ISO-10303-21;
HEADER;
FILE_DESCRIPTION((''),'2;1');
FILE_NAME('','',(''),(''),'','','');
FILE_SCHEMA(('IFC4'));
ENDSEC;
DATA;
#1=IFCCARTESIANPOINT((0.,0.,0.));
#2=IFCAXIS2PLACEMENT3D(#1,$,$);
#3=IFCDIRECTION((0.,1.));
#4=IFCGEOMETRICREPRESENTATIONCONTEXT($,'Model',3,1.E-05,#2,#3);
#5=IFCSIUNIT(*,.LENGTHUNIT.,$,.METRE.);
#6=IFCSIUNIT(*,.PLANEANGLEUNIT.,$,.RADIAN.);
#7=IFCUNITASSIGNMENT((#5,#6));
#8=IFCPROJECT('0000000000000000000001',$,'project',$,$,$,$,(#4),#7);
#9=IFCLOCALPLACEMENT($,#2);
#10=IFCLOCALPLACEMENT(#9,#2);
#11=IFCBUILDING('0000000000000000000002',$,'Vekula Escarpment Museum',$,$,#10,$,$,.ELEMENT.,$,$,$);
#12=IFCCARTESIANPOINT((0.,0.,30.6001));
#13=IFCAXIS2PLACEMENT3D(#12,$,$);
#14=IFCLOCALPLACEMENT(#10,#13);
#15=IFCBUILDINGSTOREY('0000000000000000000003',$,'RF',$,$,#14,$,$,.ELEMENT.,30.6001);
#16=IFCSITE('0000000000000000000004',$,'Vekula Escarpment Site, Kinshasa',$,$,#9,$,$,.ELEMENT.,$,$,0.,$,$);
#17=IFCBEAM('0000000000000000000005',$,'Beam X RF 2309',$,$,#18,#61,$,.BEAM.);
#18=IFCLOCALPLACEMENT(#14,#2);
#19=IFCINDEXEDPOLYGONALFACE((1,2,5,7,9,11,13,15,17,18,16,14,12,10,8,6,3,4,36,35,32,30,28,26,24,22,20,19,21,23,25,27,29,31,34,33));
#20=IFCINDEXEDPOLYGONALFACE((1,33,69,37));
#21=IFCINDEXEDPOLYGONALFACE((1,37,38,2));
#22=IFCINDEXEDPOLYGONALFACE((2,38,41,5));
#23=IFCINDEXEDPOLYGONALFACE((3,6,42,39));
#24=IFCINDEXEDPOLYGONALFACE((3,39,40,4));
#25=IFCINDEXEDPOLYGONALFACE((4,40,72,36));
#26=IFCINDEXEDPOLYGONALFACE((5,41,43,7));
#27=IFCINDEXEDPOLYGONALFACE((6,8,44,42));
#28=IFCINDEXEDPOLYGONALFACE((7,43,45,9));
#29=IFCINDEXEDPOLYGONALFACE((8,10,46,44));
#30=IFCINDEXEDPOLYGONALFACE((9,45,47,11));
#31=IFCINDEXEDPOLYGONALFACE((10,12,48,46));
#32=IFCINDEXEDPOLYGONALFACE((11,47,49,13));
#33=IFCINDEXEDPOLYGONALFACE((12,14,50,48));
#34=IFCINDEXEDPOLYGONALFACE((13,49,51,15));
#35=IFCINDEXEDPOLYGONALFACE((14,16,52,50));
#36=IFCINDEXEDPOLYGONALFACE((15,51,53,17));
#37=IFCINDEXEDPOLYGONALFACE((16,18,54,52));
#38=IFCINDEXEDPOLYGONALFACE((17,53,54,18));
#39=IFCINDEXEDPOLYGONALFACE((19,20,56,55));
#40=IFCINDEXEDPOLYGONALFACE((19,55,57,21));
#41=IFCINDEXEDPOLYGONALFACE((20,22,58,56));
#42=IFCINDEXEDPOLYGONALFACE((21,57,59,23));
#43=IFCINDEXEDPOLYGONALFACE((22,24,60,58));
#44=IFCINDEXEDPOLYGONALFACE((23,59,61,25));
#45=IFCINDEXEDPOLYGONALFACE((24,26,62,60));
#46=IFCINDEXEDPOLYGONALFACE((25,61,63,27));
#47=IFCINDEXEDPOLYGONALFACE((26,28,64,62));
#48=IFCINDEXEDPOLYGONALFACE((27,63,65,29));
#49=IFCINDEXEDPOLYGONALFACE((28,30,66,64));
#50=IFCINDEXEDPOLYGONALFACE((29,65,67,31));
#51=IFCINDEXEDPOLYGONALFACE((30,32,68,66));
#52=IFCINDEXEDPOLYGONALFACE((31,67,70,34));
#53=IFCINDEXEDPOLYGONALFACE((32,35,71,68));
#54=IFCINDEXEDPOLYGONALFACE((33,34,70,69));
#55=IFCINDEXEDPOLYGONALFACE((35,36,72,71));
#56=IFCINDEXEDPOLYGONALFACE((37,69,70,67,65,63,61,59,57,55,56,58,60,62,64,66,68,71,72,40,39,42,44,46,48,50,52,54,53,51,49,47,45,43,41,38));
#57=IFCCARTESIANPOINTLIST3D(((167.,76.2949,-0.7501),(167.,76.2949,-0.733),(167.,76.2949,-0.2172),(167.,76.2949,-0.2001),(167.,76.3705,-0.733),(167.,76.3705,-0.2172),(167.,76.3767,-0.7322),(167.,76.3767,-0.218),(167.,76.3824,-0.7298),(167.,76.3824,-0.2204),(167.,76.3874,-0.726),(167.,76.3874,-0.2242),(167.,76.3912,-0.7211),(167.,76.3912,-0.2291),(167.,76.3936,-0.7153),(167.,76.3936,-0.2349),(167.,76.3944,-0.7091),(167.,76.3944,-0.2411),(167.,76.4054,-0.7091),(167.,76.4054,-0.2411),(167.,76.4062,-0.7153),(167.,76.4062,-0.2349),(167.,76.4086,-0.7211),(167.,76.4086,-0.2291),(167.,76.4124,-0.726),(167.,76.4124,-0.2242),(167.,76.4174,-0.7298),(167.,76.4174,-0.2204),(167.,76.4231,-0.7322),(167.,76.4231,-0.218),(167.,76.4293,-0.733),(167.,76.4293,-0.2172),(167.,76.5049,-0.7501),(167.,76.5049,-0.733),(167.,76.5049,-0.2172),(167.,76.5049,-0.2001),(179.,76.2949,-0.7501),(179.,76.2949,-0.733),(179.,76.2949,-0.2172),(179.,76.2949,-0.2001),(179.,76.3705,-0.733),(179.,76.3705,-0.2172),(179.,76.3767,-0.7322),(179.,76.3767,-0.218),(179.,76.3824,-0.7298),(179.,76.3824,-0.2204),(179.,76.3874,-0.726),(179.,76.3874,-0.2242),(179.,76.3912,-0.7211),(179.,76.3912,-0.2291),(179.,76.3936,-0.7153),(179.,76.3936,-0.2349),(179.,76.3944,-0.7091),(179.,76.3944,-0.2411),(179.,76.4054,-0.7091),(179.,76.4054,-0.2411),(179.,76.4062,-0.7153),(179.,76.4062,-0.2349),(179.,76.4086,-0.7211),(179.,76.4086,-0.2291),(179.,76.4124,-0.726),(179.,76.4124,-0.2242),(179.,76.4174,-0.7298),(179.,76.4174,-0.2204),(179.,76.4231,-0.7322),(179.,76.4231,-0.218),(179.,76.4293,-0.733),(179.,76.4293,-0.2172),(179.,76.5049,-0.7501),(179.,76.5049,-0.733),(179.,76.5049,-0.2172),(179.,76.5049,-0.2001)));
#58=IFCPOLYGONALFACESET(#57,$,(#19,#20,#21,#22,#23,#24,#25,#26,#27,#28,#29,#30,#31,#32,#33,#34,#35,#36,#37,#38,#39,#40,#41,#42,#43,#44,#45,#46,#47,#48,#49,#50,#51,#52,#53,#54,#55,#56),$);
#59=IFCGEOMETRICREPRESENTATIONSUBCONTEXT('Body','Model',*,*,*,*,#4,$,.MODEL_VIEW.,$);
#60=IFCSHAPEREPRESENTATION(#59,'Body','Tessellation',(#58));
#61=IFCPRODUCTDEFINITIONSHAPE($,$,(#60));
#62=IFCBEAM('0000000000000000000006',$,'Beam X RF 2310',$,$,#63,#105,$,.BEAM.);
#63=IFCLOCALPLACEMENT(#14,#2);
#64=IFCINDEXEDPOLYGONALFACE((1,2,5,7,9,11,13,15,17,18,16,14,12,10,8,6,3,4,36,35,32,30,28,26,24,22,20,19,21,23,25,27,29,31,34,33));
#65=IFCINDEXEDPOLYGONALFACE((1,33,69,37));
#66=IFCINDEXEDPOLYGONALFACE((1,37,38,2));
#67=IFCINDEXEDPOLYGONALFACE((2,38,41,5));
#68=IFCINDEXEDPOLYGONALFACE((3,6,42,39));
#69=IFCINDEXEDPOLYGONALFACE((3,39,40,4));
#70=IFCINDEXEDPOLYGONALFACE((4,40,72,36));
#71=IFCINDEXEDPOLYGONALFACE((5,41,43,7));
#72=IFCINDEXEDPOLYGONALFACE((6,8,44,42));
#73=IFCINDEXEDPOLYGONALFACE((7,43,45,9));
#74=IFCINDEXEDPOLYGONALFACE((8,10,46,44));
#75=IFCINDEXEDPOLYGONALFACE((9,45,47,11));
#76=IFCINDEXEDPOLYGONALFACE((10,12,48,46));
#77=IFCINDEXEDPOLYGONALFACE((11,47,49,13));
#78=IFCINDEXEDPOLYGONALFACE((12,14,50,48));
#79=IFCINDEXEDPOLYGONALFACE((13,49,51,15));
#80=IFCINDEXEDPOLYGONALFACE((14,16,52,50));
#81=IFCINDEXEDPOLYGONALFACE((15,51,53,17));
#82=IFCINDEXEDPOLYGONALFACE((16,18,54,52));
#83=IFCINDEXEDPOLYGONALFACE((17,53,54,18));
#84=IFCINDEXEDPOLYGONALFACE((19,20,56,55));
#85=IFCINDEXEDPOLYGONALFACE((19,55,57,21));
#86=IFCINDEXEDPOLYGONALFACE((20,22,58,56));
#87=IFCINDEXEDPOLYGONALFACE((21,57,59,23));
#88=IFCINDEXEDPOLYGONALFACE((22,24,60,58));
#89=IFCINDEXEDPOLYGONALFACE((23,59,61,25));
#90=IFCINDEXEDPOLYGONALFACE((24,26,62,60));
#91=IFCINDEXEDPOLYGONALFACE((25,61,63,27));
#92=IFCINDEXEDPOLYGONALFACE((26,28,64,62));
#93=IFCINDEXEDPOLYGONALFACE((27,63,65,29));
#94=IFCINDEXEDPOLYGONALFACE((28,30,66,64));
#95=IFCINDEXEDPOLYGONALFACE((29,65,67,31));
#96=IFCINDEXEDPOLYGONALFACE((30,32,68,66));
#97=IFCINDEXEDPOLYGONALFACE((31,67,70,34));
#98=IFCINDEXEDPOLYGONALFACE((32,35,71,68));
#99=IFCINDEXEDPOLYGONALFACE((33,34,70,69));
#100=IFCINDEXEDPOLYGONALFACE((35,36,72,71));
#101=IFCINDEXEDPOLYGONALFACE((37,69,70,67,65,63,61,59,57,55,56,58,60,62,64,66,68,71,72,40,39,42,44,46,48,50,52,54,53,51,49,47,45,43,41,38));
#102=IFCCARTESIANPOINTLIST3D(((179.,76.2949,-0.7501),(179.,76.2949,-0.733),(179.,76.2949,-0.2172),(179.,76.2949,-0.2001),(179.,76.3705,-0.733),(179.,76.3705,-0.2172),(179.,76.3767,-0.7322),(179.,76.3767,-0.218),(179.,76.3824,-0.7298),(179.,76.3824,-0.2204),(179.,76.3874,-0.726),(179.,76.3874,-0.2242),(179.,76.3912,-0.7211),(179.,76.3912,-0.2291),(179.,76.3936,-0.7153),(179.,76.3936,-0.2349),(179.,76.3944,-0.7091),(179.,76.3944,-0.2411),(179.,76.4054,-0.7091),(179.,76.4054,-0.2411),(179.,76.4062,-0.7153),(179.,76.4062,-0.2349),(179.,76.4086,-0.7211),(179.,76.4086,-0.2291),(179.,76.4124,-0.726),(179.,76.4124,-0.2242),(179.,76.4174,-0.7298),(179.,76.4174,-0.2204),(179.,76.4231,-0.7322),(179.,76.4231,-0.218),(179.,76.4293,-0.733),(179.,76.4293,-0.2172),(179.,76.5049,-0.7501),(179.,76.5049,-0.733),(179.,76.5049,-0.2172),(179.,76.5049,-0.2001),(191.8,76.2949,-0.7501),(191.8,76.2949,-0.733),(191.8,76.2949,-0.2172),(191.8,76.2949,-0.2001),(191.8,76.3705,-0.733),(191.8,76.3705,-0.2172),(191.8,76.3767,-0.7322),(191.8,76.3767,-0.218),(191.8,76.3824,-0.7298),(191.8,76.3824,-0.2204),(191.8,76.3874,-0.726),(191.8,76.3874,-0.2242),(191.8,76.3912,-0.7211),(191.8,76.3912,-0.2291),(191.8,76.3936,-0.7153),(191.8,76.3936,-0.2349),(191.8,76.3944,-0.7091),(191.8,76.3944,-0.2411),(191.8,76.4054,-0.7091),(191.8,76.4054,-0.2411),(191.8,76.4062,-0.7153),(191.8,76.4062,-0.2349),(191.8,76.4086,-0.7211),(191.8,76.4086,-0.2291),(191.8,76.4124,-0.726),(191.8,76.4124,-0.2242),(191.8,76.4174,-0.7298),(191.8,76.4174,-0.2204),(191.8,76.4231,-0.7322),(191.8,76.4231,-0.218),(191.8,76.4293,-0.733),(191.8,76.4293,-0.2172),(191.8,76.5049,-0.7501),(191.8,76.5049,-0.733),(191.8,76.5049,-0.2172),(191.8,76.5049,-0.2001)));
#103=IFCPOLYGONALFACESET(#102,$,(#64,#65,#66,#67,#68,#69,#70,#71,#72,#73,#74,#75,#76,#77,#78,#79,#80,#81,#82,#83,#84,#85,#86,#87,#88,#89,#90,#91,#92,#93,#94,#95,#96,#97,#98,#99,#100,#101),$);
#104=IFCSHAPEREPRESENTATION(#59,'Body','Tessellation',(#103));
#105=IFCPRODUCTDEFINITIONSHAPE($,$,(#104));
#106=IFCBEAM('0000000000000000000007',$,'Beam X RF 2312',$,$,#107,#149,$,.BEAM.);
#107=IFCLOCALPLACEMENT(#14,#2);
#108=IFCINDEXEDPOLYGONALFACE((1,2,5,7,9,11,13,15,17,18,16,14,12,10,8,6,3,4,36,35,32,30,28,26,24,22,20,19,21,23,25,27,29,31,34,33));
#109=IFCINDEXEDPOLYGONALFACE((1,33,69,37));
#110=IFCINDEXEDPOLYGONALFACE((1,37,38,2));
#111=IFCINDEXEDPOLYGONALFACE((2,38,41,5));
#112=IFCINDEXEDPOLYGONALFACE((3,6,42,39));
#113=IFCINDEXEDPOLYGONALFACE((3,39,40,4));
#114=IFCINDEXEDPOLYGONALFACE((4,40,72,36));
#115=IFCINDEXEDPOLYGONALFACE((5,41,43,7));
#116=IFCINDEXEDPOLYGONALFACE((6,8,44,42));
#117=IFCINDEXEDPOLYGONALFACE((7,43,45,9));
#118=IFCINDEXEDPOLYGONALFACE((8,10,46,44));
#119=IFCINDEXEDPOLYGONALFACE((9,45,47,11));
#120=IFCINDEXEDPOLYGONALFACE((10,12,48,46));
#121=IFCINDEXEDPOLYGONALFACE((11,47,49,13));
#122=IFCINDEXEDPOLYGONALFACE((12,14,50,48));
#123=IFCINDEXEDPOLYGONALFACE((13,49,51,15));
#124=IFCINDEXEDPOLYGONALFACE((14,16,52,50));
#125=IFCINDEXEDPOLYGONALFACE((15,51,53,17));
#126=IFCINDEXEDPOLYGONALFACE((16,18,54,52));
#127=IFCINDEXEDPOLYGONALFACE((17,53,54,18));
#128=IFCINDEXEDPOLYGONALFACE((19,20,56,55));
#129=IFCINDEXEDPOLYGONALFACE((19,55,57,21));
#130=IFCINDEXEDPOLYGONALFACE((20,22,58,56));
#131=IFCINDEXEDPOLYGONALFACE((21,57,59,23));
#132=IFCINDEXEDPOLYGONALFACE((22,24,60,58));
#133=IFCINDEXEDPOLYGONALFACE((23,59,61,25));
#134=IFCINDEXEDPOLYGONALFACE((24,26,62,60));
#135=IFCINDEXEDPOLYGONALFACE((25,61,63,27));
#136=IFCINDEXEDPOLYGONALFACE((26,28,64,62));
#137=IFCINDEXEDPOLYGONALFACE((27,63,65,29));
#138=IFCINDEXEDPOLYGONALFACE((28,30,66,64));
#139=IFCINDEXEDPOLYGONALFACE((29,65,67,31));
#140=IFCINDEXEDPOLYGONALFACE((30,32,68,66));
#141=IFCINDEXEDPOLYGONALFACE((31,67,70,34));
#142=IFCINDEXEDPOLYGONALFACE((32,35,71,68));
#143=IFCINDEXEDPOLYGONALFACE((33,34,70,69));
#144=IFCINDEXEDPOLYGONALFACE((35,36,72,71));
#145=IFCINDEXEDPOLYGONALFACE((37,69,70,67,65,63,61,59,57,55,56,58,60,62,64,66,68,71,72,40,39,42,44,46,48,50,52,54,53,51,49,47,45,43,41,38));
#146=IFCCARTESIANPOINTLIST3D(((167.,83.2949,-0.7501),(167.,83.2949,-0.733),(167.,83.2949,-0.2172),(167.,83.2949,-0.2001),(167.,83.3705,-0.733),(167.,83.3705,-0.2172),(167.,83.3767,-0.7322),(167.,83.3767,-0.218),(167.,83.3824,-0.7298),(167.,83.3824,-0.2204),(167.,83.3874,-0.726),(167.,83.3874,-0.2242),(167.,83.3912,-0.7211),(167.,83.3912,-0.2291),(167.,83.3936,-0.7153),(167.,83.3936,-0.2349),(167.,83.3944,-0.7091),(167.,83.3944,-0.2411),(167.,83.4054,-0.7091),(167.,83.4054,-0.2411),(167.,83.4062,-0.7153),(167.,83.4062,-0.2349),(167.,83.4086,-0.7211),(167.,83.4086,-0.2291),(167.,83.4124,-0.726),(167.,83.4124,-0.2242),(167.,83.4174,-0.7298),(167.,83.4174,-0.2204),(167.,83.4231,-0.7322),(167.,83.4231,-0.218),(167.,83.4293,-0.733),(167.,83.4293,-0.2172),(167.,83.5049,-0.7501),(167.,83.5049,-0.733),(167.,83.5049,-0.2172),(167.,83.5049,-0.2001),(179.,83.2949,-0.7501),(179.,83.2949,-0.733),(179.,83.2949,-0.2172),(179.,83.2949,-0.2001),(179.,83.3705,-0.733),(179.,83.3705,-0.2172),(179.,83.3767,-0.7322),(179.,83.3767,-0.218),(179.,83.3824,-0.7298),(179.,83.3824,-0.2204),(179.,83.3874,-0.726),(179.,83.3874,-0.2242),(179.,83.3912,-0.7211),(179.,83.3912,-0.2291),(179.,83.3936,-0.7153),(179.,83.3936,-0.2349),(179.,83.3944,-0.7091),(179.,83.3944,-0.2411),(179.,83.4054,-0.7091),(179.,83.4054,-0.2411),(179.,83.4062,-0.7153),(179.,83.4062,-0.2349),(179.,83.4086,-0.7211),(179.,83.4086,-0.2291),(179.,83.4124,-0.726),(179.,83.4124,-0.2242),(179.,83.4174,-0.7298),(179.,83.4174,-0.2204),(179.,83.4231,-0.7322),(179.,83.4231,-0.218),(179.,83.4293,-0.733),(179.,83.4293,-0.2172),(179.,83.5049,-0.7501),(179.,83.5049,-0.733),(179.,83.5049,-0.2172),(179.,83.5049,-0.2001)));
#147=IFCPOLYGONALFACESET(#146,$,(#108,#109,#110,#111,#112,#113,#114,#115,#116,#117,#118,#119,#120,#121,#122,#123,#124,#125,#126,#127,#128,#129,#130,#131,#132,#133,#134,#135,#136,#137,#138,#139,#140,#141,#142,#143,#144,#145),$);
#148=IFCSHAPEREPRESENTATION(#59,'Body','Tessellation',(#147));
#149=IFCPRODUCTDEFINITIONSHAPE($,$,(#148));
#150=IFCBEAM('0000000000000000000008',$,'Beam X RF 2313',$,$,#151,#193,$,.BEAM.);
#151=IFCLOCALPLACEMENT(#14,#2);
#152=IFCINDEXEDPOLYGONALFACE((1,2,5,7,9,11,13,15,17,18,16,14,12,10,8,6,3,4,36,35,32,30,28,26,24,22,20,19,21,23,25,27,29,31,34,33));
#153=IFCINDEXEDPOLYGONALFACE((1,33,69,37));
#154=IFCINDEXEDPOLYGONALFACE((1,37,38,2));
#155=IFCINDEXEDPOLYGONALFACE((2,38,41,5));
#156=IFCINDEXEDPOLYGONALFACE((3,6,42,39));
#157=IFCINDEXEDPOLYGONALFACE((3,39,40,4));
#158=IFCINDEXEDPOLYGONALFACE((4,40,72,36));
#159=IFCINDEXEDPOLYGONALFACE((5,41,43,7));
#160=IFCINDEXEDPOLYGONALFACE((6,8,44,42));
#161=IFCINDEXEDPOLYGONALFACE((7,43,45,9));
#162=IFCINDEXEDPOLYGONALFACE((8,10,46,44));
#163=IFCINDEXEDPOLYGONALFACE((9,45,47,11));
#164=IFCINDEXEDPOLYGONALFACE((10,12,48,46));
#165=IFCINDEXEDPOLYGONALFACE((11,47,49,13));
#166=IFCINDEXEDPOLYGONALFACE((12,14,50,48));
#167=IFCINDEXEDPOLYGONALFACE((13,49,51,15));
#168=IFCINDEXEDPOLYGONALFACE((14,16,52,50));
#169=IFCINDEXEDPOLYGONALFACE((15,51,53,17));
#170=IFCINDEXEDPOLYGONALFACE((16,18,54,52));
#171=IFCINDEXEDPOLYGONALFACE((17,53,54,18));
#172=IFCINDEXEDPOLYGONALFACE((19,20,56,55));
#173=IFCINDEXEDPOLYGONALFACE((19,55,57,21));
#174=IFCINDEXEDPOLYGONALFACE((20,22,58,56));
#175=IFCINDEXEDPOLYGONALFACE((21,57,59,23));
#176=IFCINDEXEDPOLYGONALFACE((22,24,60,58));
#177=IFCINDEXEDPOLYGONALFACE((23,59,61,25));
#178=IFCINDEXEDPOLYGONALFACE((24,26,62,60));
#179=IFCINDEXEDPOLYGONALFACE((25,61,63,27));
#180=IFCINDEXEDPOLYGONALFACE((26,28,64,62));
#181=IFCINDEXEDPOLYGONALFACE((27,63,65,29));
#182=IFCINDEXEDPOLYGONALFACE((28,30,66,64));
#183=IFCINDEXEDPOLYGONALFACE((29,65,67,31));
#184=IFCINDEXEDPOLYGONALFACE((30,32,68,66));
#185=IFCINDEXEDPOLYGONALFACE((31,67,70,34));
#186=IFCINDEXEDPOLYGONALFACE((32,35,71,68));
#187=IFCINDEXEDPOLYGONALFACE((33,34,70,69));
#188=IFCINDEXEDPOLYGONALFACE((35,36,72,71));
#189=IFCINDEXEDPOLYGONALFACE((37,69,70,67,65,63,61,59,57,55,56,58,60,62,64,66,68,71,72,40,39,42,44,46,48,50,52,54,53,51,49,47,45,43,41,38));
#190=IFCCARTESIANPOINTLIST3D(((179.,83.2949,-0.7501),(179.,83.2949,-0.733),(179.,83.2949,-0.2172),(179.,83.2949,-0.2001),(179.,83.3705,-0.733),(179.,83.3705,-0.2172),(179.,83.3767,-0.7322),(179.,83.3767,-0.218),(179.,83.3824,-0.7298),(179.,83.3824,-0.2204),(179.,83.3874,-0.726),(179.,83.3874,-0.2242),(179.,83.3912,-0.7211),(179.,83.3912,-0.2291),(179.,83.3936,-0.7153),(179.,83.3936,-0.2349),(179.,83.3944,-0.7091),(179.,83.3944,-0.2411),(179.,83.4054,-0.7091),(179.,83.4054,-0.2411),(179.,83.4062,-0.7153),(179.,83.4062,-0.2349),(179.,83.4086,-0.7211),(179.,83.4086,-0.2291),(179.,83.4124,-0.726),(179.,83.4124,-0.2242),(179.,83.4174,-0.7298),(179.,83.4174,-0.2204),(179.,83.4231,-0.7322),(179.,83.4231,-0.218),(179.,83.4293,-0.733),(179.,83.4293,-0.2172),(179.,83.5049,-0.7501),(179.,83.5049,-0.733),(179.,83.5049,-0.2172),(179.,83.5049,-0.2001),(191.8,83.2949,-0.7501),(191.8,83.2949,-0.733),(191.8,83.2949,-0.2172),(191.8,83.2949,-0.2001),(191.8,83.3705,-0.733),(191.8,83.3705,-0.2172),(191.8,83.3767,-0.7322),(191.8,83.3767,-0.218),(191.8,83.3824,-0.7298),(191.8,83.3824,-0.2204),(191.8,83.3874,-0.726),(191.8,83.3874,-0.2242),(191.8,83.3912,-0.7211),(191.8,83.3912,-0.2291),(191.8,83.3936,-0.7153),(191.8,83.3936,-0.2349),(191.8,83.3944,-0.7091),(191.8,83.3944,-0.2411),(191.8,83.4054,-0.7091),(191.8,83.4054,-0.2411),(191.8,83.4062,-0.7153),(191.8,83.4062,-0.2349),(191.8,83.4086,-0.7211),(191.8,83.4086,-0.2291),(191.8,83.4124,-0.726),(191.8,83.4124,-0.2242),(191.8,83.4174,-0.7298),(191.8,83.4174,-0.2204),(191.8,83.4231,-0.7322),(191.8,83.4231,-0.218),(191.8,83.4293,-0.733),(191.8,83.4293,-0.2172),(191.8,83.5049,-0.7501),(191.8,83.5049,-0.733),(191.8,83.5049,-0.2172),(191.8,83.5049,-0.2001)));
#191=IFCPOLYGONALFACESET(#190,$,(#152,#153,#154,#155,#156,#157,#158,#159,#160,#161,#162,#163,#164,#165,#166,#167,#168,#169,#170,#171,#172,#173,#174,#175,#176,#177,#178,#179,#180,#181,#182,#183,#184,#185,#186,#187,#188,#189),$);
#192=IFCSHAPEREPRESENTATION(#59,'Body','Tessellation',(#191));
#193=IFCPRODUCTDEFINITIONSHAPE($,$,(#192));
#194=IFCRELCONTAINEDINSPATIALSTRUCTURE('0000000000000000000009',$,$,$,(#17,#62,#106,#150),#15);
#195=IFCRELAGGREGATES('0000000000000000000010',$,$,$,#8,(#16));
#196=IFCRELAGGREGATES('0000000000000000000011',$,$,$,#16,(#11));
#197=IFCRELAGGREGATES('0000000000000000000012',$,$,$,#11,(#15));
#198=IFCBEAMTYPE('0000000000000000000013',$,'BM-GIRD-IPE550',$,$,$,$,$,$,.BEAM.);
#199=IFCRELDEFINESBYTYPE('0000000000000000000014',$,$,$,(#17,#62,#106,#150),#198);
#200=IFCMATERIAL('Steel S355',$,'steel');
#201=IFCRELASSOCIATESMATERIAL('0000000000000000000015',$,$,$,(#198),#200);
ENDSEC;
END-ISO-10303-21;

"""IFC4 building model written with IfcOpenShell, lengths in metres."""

from ifc_helpers import new_model, si_unit, direction, frame, origin, origin_2d, place, context, subcontext, project, spatial, i_section, extrude, material, material_profile, profile_set, type_object, element, save


model = new_model("IFC4")

# Units and contexts
model_context = context("Model", 3, precision=1e-05, world=origin(), true_north=direction((0.0, 1.0)))
body_context = subcontext(model_context, "Body", "Model", "MODEL_VIEW")
ifc_project = project(units=[si_unit("LENGTHUNIT", "METRE"), si_unit("PLANEANGLEUNIT", "RADIAN")], contexts=[model_context])

# Site, building, storey
site_placement = place(None, origin())
site = spatial("IfcSite", under=ifc_project, at=site_placement, Name="Vekula Escarpment Site, Kinshasa", CompositionType="ELEMENT", RefElevation=0.0)
building_placement = place(site_placement, origin())
building = spatial("IfcBuilding", under=site, at=building_placement, Name="Vekula Escarpment Museum", CompositionType="ELEMENT")
storey_placement = place(building_placement, frame((0.0, 0.0, 30.6001)))
storey = spatial("IfcBuildingStorey", under=building, at=storey_placement, Name="RF", CompositionType="ELEMENT", Elevation=30.6001)

# Beams
ifc_material_1 = material(Name="Steel S355", Category="steel")
ifc_material_profile_1 = material_profile(ifc_material_1, i_section(OverallWidth=0.21, OverallDepth=0.55, WebThickness=0.011, FlangeThickness=0.0171, FilletRadius=0.0239, at=origin_2d()), Name="IPE 550")
ifc_profile_set_1 = profile_set([ifc_material_profile_1], Name="Steel S355")
beam_type_1 = type_object("IfcBeamType", Name="BM-GIRD-IPE550", PredefinedType="BEAM", material=ifc_profile_set_1)
beam_1_placement = place(storey_placement, frame((167.0, 76.3999, -0.4751), z_axis=(1.0, 0.0, 0.0), x_axis=(0.0, 1.0, 0.0)))
element("IfcBeam", 1, at=beam_1_placement, inside=storey, type_object=beam_type_1, Name="Beam X RF 2309", PredefinedType="BEAM", context=body_context, shape_type="SweptSolid", body=[
    extrude(i_section(OverallWidth=0.21, OverallDepth=0.55, WebThickness=0.011, FlangeThickness=0.0171, FilletRadius=0.0239, at=origin_2d()), origin(), (0.0, 0.0, 1.0), 12.0),
])
beam_2_placement = place(storey_placement, frame((179.0, 76.3999, -0.4751), z_axis=(1.0, 0.0, 0.0), x_axis=(0.0, 1.0, 0.0)))
element("IfcBeam", 2, at=beam_2_placement, inside=storey, type_object=beam_type_1, Name="Beam X RF 2310", PredefinedType="BEAM", context=body_context, shape_type="SweptSolid", body=[
    extrude(i_section(OverallWidth=0.21, OverallDepth=0.55, WebThickness=0.011, FlangeThickness=0.0171, FilletRadius=0.0239, at=origin_2d()), origin(), (0.0, 0.0, 1.0), 12.8),
])
beam_3_placement = place(storey_placement, frame((167.0, 83.3999, -0.4751), z_axis=(1.0, 0.0, 0.0), x_axis=(0.0, 1.0, 0.0)))
element("IfcBeam", 3, at=beam_3_placement, inside=storey, type_object=beam_type_1, Name="Beam X RF 2312", PredefinedType="BEAM", context=body_context, shape_type="SweptSolid", body=[
    extrude(i_section(OverallWidth=0.21, OverallDepth=0.55, WebThickness=0.011, FlangeThickness=0.0171, FilletRadius=0.0239, at=origin_2d()), origin(), (0.0, 0.0, 1.0), 12.0),
])
beam_4_placement = place(storey_placement, frame((179.0, 83.3999, -0.4751), z_axis=(1.0, 0.0, 0.0), x_axis=(0.0, 1.0, 0.0)))
element("IfcBeam", 4, at=beam_4_placement, inside=storey, type_object=beam_type_1, Name="Beam X RF 2313", PredefinedType="BEAM", context=body_context, shape_type="SweptSolid", body=[
    extrude(i_section(OverallWidth=0.21, OverallDepth=0.55, WebThickness=0.011, FlangeThickness=0.0171, FilletRadius=0.0239, at=origin_2d()), origin(), (0.0, 0.0, 1.0), 12.8),
])

save(model, "model.ifc")
